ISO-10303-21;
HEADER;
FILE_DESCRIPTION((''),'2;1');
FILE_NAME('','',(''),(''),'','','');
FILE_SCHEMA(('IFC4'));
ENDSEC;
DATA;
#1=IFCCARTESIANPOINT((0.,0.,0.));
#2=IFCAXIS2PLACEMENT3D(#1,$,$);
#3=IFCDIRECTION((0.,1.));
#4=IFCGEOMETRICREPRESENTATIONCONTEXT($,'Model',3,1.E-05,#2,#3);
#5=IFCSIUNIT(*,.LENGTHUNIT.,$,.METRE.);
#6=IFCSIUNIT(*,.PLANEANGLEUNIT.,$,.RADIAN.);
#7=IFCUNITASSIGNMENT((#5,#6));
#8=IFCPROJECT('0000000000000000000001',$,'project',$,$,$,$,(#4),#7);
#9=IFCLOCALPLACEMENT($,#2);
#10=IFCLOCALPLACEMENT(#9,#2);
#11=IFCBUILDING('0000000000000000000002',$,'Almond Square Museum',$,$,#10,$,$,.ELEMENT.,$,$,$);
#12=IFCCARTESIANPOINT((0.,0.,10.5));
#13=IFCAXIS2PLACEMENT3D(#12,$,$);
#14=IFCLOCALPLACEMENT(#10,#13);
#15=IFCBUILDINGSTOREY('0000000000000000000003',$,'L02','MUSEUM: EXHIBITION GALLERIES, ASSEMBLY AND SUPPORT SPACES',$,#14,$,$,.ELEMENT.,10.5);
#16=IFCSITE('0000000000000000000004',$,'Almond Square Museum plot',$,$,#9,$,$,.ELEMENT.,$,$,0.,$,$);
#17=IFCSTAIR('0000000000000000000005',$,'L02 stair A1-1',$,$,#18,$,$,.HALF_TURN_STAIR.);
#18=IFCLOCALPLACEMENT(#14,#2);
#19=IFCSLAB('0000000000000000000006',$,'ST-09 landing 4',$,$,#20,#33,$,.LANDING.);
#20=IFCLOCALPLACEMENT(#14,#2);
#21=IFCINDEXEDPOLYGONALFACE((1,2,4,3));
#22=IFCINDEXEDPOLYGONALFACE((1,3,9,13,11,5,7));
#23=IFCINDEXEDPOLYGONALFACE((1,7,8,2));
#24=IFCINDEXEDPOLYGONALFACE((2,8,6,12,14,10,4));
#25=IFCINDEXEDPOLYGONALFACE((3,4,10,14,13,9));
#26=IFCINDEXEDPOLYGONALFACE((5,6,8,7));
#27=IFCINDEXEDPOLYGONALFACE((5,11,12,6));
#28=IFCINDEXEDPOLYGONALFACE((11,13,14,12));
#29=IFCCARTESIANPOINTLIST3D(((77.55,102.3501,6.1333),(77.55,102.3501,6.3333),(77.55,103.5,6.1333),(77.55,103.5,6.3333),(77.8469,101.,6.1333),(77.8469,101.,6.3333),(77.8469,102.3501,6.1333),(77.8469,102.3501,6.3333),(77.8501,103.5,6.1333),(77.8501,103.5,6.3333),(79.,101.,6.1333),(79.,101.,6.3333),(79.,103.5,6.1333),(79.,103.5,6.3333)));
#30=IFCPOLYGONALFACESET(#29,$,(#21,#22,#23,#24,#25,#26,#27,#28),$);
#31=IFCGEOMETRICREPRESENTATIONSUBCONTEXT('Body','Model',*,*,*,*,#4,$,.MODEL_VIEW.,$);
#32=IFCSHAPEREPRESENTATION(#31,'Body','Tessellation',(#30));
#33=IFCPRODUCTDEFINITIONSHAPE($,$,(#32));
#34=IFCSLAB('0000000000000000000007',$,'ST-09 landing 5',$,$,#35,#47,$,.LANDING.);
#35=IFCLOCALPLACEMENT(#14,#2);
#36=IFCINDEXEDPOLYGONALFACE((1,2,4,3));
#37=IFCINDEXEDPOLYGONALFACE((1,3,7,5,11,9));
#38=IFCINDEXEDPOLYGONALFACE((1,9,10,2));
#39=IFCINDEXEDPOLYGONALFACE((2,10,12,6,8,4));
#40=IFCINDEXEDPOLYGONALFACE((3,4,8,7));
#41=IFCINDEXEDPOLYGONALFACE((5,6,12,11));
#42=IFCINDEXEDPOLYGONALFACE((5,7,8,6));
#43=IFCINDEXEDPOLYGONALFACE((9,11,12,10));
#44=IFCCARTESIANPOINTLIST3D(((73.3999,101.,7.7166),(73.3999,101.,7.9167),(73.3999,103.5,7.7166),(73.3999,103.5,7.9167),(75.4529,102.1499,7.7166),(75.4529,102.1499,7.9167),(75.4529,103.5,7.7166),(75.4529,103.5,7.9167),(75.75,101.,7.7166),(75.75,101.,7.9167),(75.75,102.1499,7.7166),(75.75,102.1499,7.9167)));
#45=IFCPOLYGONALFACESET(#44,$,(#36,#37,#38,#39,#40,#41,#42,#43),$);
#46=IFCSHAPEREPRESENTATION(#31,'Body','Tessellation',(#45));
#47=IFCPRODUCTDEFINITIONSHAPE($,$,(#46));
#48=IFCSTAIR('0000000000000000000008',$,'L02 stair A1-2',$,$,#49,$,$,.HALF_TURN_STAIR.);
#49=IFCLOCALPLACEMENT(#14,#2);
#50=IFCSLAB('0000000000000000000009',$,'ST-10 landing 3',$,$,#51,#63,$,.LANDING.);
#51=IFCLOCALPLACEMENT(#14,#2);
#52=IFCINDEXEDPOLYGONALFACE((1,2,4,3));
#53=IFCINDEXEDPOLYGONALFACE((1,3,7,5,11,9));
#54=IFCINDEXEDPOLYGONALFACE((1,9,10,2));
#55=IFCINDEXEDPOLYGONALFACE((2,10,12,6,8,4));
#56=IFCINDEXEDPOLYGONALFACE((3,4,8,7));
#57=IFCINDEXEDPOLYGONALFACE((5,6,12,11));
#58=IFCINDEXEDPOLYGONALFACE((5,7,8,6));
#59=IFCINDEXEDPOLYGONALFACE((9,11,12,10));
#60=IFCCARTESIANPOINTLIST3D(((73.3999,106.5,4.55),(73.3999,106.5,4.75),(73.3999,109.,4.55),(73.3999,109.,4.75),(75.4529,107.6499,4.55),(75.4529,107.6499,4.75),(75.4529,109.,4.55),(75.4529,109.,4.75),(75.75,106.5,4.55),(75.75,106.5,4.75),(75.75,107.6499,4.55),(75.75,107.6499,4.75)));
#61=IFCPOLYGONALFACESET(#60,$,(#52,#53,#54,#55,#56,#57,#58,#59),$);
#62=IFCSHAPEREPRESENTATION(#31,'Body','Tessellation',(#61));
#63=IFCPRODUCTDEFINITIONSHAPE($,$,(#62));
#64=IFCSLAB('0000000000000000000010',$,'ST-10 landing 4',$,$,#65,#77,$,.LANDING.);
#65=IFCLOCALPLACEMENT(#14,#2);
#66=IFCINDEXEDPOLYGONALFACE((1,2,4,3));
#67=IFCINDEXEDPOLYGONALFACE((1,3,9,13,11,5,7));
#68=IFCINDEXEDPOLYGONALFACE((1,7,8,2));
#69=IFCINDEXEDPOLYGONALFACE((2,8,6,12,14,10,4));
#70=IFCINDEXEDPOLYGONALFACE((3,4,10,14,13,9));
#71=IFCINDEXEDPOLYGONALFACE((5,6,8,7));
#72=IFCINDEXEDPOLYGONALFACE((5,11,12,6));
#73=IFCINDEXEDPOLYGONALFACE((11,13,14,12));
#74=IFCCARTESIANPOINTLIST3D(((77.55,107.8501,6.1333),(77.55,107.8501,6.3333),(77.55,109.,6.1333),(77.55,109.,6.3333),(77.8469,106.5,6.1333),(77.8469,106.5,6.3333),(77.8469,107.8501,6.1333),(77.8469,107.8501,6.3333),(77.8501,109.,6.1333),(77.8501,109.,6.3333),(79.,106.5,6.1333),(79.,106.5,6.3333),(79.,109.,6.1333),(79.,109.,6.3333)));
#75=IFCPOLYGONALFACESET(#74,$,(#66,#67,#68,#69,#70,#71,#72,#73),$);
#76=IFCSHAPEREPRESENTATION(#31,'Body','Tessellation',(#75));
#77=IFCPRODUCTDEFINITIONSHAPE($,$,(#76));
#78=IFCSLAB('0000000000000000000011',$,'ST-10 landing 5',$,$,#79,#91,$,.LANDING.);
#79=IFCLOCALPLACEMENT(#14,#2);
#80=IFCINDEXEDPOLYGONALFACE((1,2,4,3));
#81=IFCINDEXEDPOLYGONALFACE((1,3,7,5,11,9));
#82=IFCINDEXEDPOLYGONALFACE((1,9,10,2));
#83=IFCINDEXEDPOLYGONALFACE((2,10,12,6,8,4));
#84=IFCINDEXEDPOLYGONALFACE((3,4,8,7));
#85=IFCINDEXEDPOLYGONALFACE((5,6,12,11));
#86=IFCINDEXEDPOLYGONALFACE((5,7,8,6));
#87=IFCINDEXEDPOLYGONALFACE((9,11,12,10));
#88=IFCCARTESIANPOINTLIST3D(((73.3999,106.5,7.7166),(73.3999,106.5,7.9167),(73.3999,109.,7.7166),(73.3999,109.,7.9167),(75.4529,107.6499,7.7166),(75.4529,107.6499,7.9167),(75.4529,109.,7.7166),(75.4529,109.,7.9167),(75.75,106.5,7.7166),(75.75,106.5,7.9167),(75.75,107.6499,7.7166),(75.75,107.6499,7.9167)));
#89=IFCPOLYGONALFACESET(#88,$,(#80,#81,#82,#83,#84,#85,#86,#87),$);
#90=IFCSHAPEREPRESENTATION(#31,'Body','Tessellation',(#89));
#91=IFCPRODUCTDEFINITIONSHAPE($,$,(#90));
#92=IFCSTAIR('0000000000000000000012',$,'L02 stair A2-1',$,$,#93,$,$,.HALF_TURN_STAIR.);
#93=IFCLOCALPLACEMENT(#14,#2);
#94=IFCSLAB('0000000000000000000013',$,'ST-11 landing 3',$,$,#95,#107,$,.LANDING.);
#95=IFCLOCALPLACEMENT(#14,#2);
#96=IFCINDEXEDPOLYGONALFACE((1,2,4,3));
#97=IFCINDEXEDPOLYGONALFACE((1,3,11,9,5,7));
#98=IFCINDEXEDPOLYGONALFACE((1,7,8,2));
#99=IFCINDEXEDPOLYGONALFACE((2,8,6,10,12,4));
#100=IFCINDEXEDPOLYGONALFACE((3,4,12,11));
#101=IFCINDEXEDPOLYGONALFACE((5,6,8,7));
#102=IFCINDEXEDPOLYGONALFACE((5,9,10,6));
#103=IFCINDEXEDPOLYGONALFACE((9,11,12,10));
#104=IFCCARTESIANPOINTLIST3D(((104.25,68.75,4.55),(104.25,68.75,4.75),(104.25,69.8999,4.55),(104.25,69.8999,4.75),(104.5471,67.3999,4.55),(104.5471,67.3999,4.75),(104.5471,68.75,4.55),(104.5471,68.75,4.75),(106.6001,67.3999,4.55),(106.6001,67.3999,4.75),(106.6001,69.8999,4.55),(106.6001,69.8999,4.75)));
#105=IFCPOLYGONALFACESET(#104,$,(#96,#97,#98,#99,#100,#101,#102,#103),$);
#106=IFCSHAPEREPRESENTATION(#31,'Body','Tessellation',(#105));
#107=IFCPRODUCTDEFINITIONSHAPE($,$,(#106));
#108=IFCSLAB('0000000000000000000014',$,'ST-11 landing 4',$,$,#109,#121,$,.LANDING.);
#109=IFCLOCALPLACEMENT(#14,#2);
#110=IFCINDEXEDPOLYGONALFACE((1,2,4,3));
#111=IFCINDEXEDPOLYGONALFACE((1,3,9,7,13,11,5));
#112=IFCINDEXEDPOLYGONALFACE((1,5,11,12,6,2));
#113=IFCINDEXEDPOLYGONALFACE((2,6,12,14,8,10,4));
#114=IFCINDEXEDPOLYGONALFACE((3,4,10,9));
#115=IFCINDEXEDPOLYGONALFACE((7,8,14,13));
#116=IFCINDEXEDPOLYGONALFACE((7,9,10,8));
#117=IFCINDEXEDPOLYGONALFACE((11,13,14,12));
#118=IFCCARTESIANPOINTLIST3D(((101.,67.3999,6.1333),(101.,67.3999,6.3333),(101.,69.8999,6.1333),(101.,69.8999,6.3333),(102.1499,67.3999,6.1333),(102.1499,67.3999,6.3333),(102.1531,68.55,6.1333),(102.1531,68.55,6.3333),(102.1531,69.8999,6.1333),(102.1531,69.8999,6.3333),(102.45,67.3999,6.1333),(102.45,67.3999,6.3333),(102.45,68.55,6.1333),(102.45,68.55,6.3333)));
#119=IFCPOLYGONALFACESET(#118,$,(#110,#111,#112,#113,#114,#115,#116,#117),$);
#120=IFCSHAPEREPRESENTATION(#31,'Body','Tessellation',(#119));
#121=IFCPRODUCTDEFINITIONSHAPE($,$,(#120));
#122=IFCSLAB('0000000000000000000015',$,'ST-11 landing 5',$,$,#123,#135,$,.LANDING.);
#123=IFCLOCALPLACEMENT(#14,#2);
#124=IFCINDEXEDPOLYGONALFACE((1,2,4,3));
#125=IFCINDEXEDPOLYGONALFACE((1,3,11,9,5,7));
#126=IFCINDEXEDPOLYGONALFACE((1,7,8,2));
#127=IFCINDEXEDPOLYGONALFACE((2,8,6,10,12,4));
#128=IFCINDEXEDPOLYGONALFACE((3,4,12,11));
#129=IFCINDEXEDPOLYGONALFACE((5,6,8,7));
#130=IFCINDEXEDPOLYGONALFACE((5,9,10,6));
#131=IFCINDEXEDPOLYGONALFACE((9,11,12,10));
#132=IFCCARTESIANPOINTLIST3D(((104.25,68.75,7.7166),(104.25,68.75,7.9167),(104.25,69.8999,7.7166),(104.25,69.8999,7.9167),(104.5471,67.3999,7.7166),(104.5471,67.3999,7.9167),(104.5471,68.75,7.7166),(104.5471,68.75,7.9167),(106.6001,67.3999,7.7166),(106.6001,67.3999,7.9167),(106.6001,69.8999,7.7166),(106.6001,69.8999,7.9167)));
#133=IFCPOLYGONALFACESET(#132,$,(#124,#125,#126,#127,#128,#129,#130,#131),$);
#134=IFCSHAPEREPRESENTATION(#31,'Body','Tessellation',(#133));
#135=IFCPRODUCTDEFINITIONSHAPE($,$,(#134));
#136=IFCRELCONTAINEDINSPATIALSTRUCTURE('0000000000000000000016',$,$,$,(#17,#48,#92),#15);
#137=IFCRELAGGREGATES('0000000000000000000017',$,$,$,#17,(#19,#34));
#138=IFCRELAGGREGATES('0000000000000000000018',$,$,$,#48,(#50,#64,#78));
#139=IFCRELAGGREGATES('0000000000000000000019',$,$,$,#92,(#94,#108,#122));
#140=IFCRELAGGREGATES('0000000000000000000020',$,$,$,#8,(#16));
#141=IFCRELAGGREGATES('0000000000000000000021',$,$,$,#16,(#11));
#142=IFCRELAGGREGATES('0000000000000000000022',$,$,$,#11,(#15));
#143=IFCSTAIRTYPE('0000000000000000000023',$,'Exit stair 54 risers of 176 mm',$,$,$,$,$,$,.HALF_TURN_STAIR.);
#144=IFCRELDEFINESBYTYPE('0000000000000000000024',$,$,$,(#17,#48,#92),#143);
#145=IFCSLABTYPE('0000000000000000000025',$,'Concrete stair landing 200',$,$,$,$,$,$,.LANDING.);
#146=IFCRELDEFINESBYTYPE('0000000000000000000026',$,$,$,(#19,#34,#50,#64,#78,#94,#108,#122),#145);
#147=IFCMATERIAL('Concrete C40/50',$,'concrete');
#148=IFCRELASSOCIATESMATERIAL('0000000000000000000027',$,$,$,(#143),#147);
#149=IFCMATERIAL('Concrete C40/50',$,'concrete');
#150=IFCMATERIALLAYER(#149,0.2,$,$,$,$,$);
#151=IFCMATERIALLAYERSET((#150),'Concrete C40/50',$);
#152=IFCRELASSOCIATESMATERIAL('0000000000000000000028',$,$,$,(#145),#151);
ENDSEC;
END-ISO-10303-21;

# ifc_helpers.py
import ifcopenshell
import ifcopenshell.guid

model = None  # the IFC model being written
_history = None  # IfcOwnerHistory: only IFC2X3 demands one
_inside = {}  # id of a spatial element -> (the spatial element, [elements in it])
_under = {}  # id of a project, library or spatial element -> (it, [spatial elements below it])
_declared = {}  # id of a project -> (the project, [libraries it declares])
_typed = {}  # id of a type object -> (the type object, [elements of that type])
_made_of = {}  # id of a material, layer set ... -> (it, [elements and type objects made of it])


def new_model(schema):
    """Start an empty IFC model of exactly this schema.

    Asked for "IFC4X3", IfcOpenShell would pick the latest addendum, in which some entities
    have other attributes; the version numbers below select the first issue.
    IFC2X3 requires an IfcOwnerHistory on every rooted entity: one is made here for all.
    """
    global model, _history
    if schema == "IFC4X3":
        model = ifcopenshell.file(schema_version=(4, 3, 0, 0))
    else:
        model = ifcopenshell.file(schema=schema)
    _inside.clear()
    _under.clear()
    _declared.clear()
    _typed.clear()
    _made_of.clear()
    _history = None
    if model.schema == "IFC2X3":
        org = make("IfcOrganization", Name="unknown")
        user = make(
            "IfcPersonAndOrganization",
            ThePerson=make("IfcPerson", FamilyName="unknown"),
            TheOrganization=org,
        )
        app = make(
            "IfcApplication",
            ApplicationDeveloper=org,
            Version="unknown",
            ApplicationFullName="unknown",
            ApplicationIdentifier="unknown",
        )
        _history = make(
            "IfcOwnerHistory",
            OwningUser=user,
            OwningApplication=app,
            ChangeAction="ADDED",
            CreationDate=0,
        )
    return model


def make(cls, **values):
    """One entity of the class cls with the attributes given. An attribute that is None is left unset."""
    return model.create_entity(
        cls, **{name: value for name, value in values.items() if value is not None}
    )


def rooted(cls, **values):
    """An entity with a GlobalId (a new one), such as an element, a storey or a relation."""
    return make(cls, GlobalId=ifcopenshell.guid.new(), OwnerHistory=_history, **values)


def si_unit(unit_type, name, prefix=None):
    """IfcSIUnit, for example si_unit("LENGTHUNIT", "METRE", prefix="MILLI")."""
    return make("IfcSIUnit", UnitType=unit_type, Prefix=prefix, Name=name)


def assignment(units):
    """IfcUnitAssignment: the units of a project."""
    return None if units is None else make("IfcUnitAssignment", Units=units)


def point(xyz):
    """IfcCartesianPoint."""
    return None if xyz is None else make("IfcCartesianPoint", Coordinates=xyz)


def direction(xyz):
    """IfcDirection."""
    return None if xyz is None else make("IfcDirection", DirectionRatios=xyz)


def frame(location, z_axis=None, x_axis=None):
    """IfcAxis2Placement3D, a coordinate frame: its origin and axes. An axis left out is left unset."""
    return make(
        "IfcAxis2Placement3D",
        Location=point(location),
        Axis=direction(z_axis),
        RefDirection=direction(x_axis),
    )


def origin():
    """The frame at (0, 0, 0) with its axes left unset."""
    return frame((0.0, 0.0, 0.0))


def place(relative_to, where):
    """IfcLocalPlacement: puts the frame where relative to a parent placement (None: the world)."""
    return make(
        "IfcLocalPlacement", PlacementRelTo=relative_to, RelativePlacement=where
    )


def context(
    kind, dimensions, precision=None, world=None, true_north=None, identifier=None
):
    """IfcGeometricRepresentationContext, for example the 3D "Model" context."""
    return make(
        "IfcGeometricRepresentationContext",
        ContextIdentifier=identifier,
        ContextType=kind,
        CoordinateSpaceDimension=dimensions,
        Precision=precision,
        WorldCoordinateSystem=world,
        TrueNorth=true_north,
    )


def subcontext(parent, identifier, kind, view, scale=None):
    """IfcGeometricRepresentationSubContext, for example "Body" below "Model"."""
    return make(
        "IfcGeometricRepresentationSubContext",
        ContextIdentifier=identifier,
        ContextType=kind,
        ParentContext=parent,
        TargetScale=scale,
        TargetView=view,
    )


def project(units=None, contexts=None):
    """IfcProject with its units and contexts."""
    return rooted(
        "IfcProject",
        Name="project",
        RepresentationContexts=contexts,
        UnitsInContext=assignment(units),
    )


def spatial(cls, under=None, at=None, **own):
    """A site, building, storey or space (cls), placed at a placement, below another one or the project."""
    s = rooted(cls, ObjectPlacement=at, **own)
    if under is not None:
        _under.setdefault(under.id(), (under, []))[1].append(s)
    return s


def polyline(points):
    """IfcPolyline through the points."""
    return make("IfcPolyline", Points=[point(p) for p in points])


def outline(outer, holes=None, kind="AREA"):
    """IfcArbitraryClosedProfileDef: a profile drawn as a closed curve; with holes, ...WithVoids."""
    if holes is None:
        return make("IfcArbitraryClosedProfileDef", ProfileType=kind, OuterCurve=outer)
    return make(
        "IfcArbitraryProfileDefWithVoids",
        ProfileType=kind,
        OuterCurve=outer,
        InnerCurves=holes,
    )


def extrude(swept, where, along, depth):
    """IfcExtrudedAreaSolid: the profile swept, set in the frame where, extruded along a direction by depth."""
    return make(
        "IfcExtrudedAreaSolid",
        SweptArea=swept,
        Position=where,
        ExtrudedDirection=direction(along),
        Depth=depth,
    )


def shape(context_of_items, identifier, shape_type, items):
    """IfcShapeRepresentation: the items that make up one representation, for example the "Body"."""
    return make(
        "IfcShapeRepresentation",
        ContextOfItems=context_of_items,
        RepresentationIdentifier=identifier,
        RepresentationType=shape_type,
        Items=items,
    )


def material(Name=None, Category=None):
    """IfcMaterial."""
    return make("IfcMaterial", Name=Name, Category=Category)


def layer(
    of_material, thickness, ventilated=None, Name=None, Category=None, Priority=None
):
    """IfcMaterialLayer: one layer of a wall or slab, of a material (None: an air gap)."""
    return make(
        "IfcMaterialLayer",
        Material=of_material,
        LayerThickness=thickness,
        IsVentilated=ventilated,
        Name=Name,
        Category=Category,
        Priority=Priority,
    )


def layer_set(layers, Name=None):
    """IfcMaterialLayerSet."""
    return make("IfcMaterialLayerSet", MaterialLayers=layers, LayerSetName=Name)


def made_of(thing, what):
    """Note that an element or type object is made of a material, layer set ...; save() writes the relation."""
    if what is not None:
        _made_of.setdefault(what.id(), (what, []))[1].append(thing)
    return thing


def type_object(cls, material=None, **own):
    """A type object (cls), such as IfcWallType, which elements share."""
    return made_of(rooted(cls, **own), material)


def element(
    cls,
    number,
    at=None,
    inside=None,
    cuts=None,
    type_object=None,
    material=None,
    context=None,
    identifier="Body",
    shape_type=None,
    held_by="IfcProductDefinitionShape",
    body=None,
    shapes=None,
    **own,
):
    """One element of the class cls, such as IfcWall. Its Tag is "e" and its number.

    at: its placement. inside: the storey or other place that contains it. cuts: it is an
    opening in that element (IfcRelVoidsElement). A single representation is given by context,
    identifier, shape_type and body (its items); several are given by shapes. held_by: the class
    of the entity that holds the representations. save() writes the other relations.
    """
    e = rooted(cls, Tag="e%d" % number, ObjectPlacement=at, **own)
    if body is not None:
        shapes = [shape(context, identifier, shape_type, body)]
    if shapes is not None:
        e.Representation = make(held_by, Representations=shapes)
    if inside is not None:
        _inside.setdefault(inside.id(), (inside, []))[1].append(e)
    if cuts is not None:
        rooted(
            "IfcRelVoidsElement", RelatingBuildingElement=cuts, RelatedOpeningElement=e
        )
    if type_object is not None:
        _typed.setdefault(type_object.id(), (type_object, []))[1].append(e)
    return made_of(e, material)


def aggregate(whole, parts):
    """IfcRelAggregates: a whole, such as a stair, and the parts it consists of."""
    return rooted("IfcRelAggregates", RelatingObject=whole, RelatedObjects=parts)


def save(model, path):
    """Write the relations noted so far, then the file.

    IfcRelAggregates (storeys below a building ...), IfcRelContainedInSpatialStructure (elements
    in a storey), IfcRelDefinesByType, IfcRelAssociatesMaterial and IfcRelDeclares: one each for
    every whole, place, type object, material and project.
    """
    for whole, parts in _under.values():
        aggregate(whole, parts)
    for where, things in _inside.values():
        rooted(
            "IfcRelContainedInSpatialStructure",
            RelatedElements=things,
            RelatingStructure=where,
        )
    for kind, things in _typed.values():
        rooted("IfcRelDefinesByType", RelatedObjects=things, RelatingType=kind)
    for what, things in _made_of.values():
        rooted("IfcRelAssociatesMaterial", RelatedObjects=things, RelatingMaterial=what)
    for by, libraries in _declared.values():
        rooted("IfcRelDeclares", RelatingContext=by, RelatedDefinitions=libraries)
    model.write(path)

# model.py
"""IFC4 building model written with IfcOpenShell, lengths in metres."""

from ifc_helpers import new_model, si_unit, direction, frame, origin, place, context, subcontext, project, spatial, polyline, outline, extrude, material, layer, layer_set, type_object, element, aggregate, save


model = new_model("IFC4")

# Units and contexts
model_context = context("Model", 3, precision=1e-05, world=origin(), true_north=direction((0.0, 1.0)))
body_context = subcontext(model_context, "Body", "Model", "MODEL_VIEW")
ifc_project = project(units=[si_unit("LENGTHUNIT", "METRE"), si_unit("PLANEANGLEUNIT", "RADIAN")], contexts=[model_context])

# Site, building, storey
site_placement = place(None, origin())
site = spatial("IfcSite", under=ifc_project, at=site_placement, Name="Almond Square Museum plot", CompositionType="ELEMENT", RefElevation=0.0)
building_placement = place(site_placement, origin())
building = spatial("IfcBuilding", under=site, at=building_placement, Name="Almond Square Museum", CompositionType="ELEMENT")
storey_placement = place(building_placement, frame((0.0, 0.0, 10.5)))
storey = spatial("IfcBuildingStorey", under=building, at=storey_placement, Name="L02", Description="MUSEUM: EXHIBITION GALLERIES, ASSEMBLY AND SUPPORT SPACES", CompositionType="ELEMENT", Elevation=10.5)

# Stairs, slabs
ifc_material_1 = material(Name="Concrete C40/50", Category="concrete")
stair_type = type_object("IfcStairType", Name="Exit stair 54 risers of 176 mm", PredefinedType="HALF_TURN_STAIR", material=ifc_material_1)
ifc_material_2 = material(Name="Concrete C40/50", Category="concrete")
ifc_layer = layer(ifc_material_2, 0.2)
ifc_layer_set = layer_set([ifc_layer], Name="Concrete C40/50")
slab_type = type_object("IfcSlabType", Name="Concrete stair landing 200", PredefinedType="LANDING", material=ifc_layer_set)
stair_1_placement = place(storey_placement, origin())
stair_1 = element("IfcStair", 1, at=stair_1_placement, inside=storey, type_object=stair_type, Name="L02 stair A1-1", PredefinedType="HALF_TURN_STAIR")
slab_1_placement = place(storey_placement, frame((0.0, 0.0, 6.1333)))
slab_1 = element("IfcSlab", 2, at=slab_1_placement, type_object=slab_type, Name="ST-09 landing 4", PredefinedType="LANDING", context=body_context, shape_type="SweptSolid", body=[
    extrude(outline(polyline([(79.0, 103.5), (77.8501, 103.5), (77.55, 103.5), (77.55, 102.3501), (77.8469, 102.3501), (77.8469, 101.0), (79.0, 101.0), (79.0, 103.5)])), origin(), (0.0, 0.0, 1.0), 0.2),
])
slab_2_placement = place(storey_placement, frame((0.0, 0.0, 7.7166)))
slab_2 = element("IfcSlab", 3, at=slab_2_placement, type_object=slab_type, Name="ST-09 landing 5", PredefinedType="LANDING", context=body_context, shape_type="SweptSolid", body=[
    extrude(outline(polyline([(75.4529, 103.5), (73.3999, 103.5), (73.3999, 101.0), (75.75, 101.0), (75.75, 102.1499), (75.4529, 102.1499), (75.4529, 103.5)])), origin(), (0.0, 0.0, 1.0), 0.2002),
])
aggregate(stair_1, [slab_1, slab_2])
stair_2_placement = place(storey_placement, origin())
stair_2 = element("IfcStair", 4, at=stair_2_placement, inside=storey, type_object=stair_type, Name="L02 stair A1-2", PredefinedType="HALF_TURN_STAIR")
slab_3_placement = place(storey_placement, frame((0.0, 0.0, 4.55)))
slab_3 = element("IfcSlab", 5, at=slab_3_placement, type_object=slab_type, Name="ST-10 landing 3", PredefinedType="LANDING", context=body_context, shape_type="SweptSolid", body=[
    extrude(outline(polyline([(75.4529, 109.0), (73.3999, 109.0), (73.3999, 106.5), (75.75, 106.5), (75.75, 107.6499), (75.4529, 107.6499), (75.4529, 109.0)])), origin(), (0.0, 0.0, 1.0), 0.2),
])
slab_4_placement = place(storey_placement, frame((0.0, 0.0, 6.1333)))
slab_4 = element("IfcSlab", 6, at=slab_4_placement, type_object=slab_type, Name="ST-10 landing 4", PredefinedType="LANDING", context=body_context, shape_type="SweptSolid", body=[
    extrude(outline(polyline([(79.0, 109.0), (77.8501, 109.0), (77.55, 109.0), (77.55, 107.8501), (77.8469, 107.8501), (77.8469, 106.5), (79.0, 106.5), (79.0, 109.0)])), origin(), (0.0, 0.0, 1.0), 0.2),
])
slab_5_placement = place(storey_placement, frame((0.0, 0.0, 7.7166)))
slab_5 = element("IfcSlab", 7, at=slab_5_placement, type_object=slab_type, Name="ST-10 landing 5", PredefinedType="LANDING", context=body_context, shape_type="SweptSolid", body=[
    extrude(outline(polyline([(75.4529, 109.0), (73.3999, 109.0), (73.3999, 106.5), (75.75, 106.5), (75.75, 107.6499), (75.4529, 107.6499), (75.4529, 109.0)])), origin(), (0.0, 0.0, 1.0), 0.2002),
])
aggregate(stair_2, [slab_3, slab_4, slab_5])
stair_3_placement = place(storey_placement, origin())
stair_3 = element("IfcStair", 8, at=stair_3_placement, inside=storey, type_object=stair_type, Name="L02 stair A2-1", PredefinedType="HALF_TURN_STAIR")
slab_6_placement = place(storey_placement, frame((0.0, 0.0, 4.55)))
slab_6 = element("IfcSlab", 9, at=slab_6_placement, type_object=slab_type, Name="ST-11 landing 3", PredefinedType="LANDING", context=body_context, shape_type="SweptSolid", body=[
    extrude(outline(polyline([(104.5471, 67.3999), (106.6001, 67.3999), (106.6001, 69.8999), (104.25, 69.8999), (104.25, 68.75), (104.5471, 68.75), (104.5471, 67.3999)])), origin(), (0.0, 0.0, 1.0), 0.2),
])
slab_7_placement = place(storey_placement, frame((0.0, 0.0, 6.1333)))
slab_7 = element("IfcSlab", 10, at=slab_7_placement, type_object=slab_type, Name="ST-11 landing 4", PredefinedType="LANDING", context=body_context, shape_type="SweptSolid", body=[
    extrude(outline(polyline([(101.0, 67.3999), (102.1499, 67.3999), (102.45, 67.3999), (102.45, 68.55), (102.1531, 68.55), (102.1531, 69.8999), (101.0, 69.8999), (101.0, 67.3999)])), origin(), (0.0, 0.0, 1.0), 0.2),
])
slab_8_placement = place(storey_placement, frame((0.0, 0.0, 7.7166)))
slab_8 = element("IfcSlab", 11, at=slab_8_placement, type_object=slab_type, Name="ST-11 landing 5", PredefinedType="LANDING", context=body_context, shape_type="SweptSolid", body=[
    extrude(outline(polyline([(104.5471, 67.3999), (106.6001, 67.3999), (106.6001, 69.8999), (104.25, 69.8999), (104.25, 68.75), (104.5471, 68.75), (104.5471, 67.3999)])), origin(), (0.0, 0.0, 1.0), 0.2002),
])
aggregate(stair_3, [slab_6, slab_7, slab_8])

save(model, "model.ifc")
